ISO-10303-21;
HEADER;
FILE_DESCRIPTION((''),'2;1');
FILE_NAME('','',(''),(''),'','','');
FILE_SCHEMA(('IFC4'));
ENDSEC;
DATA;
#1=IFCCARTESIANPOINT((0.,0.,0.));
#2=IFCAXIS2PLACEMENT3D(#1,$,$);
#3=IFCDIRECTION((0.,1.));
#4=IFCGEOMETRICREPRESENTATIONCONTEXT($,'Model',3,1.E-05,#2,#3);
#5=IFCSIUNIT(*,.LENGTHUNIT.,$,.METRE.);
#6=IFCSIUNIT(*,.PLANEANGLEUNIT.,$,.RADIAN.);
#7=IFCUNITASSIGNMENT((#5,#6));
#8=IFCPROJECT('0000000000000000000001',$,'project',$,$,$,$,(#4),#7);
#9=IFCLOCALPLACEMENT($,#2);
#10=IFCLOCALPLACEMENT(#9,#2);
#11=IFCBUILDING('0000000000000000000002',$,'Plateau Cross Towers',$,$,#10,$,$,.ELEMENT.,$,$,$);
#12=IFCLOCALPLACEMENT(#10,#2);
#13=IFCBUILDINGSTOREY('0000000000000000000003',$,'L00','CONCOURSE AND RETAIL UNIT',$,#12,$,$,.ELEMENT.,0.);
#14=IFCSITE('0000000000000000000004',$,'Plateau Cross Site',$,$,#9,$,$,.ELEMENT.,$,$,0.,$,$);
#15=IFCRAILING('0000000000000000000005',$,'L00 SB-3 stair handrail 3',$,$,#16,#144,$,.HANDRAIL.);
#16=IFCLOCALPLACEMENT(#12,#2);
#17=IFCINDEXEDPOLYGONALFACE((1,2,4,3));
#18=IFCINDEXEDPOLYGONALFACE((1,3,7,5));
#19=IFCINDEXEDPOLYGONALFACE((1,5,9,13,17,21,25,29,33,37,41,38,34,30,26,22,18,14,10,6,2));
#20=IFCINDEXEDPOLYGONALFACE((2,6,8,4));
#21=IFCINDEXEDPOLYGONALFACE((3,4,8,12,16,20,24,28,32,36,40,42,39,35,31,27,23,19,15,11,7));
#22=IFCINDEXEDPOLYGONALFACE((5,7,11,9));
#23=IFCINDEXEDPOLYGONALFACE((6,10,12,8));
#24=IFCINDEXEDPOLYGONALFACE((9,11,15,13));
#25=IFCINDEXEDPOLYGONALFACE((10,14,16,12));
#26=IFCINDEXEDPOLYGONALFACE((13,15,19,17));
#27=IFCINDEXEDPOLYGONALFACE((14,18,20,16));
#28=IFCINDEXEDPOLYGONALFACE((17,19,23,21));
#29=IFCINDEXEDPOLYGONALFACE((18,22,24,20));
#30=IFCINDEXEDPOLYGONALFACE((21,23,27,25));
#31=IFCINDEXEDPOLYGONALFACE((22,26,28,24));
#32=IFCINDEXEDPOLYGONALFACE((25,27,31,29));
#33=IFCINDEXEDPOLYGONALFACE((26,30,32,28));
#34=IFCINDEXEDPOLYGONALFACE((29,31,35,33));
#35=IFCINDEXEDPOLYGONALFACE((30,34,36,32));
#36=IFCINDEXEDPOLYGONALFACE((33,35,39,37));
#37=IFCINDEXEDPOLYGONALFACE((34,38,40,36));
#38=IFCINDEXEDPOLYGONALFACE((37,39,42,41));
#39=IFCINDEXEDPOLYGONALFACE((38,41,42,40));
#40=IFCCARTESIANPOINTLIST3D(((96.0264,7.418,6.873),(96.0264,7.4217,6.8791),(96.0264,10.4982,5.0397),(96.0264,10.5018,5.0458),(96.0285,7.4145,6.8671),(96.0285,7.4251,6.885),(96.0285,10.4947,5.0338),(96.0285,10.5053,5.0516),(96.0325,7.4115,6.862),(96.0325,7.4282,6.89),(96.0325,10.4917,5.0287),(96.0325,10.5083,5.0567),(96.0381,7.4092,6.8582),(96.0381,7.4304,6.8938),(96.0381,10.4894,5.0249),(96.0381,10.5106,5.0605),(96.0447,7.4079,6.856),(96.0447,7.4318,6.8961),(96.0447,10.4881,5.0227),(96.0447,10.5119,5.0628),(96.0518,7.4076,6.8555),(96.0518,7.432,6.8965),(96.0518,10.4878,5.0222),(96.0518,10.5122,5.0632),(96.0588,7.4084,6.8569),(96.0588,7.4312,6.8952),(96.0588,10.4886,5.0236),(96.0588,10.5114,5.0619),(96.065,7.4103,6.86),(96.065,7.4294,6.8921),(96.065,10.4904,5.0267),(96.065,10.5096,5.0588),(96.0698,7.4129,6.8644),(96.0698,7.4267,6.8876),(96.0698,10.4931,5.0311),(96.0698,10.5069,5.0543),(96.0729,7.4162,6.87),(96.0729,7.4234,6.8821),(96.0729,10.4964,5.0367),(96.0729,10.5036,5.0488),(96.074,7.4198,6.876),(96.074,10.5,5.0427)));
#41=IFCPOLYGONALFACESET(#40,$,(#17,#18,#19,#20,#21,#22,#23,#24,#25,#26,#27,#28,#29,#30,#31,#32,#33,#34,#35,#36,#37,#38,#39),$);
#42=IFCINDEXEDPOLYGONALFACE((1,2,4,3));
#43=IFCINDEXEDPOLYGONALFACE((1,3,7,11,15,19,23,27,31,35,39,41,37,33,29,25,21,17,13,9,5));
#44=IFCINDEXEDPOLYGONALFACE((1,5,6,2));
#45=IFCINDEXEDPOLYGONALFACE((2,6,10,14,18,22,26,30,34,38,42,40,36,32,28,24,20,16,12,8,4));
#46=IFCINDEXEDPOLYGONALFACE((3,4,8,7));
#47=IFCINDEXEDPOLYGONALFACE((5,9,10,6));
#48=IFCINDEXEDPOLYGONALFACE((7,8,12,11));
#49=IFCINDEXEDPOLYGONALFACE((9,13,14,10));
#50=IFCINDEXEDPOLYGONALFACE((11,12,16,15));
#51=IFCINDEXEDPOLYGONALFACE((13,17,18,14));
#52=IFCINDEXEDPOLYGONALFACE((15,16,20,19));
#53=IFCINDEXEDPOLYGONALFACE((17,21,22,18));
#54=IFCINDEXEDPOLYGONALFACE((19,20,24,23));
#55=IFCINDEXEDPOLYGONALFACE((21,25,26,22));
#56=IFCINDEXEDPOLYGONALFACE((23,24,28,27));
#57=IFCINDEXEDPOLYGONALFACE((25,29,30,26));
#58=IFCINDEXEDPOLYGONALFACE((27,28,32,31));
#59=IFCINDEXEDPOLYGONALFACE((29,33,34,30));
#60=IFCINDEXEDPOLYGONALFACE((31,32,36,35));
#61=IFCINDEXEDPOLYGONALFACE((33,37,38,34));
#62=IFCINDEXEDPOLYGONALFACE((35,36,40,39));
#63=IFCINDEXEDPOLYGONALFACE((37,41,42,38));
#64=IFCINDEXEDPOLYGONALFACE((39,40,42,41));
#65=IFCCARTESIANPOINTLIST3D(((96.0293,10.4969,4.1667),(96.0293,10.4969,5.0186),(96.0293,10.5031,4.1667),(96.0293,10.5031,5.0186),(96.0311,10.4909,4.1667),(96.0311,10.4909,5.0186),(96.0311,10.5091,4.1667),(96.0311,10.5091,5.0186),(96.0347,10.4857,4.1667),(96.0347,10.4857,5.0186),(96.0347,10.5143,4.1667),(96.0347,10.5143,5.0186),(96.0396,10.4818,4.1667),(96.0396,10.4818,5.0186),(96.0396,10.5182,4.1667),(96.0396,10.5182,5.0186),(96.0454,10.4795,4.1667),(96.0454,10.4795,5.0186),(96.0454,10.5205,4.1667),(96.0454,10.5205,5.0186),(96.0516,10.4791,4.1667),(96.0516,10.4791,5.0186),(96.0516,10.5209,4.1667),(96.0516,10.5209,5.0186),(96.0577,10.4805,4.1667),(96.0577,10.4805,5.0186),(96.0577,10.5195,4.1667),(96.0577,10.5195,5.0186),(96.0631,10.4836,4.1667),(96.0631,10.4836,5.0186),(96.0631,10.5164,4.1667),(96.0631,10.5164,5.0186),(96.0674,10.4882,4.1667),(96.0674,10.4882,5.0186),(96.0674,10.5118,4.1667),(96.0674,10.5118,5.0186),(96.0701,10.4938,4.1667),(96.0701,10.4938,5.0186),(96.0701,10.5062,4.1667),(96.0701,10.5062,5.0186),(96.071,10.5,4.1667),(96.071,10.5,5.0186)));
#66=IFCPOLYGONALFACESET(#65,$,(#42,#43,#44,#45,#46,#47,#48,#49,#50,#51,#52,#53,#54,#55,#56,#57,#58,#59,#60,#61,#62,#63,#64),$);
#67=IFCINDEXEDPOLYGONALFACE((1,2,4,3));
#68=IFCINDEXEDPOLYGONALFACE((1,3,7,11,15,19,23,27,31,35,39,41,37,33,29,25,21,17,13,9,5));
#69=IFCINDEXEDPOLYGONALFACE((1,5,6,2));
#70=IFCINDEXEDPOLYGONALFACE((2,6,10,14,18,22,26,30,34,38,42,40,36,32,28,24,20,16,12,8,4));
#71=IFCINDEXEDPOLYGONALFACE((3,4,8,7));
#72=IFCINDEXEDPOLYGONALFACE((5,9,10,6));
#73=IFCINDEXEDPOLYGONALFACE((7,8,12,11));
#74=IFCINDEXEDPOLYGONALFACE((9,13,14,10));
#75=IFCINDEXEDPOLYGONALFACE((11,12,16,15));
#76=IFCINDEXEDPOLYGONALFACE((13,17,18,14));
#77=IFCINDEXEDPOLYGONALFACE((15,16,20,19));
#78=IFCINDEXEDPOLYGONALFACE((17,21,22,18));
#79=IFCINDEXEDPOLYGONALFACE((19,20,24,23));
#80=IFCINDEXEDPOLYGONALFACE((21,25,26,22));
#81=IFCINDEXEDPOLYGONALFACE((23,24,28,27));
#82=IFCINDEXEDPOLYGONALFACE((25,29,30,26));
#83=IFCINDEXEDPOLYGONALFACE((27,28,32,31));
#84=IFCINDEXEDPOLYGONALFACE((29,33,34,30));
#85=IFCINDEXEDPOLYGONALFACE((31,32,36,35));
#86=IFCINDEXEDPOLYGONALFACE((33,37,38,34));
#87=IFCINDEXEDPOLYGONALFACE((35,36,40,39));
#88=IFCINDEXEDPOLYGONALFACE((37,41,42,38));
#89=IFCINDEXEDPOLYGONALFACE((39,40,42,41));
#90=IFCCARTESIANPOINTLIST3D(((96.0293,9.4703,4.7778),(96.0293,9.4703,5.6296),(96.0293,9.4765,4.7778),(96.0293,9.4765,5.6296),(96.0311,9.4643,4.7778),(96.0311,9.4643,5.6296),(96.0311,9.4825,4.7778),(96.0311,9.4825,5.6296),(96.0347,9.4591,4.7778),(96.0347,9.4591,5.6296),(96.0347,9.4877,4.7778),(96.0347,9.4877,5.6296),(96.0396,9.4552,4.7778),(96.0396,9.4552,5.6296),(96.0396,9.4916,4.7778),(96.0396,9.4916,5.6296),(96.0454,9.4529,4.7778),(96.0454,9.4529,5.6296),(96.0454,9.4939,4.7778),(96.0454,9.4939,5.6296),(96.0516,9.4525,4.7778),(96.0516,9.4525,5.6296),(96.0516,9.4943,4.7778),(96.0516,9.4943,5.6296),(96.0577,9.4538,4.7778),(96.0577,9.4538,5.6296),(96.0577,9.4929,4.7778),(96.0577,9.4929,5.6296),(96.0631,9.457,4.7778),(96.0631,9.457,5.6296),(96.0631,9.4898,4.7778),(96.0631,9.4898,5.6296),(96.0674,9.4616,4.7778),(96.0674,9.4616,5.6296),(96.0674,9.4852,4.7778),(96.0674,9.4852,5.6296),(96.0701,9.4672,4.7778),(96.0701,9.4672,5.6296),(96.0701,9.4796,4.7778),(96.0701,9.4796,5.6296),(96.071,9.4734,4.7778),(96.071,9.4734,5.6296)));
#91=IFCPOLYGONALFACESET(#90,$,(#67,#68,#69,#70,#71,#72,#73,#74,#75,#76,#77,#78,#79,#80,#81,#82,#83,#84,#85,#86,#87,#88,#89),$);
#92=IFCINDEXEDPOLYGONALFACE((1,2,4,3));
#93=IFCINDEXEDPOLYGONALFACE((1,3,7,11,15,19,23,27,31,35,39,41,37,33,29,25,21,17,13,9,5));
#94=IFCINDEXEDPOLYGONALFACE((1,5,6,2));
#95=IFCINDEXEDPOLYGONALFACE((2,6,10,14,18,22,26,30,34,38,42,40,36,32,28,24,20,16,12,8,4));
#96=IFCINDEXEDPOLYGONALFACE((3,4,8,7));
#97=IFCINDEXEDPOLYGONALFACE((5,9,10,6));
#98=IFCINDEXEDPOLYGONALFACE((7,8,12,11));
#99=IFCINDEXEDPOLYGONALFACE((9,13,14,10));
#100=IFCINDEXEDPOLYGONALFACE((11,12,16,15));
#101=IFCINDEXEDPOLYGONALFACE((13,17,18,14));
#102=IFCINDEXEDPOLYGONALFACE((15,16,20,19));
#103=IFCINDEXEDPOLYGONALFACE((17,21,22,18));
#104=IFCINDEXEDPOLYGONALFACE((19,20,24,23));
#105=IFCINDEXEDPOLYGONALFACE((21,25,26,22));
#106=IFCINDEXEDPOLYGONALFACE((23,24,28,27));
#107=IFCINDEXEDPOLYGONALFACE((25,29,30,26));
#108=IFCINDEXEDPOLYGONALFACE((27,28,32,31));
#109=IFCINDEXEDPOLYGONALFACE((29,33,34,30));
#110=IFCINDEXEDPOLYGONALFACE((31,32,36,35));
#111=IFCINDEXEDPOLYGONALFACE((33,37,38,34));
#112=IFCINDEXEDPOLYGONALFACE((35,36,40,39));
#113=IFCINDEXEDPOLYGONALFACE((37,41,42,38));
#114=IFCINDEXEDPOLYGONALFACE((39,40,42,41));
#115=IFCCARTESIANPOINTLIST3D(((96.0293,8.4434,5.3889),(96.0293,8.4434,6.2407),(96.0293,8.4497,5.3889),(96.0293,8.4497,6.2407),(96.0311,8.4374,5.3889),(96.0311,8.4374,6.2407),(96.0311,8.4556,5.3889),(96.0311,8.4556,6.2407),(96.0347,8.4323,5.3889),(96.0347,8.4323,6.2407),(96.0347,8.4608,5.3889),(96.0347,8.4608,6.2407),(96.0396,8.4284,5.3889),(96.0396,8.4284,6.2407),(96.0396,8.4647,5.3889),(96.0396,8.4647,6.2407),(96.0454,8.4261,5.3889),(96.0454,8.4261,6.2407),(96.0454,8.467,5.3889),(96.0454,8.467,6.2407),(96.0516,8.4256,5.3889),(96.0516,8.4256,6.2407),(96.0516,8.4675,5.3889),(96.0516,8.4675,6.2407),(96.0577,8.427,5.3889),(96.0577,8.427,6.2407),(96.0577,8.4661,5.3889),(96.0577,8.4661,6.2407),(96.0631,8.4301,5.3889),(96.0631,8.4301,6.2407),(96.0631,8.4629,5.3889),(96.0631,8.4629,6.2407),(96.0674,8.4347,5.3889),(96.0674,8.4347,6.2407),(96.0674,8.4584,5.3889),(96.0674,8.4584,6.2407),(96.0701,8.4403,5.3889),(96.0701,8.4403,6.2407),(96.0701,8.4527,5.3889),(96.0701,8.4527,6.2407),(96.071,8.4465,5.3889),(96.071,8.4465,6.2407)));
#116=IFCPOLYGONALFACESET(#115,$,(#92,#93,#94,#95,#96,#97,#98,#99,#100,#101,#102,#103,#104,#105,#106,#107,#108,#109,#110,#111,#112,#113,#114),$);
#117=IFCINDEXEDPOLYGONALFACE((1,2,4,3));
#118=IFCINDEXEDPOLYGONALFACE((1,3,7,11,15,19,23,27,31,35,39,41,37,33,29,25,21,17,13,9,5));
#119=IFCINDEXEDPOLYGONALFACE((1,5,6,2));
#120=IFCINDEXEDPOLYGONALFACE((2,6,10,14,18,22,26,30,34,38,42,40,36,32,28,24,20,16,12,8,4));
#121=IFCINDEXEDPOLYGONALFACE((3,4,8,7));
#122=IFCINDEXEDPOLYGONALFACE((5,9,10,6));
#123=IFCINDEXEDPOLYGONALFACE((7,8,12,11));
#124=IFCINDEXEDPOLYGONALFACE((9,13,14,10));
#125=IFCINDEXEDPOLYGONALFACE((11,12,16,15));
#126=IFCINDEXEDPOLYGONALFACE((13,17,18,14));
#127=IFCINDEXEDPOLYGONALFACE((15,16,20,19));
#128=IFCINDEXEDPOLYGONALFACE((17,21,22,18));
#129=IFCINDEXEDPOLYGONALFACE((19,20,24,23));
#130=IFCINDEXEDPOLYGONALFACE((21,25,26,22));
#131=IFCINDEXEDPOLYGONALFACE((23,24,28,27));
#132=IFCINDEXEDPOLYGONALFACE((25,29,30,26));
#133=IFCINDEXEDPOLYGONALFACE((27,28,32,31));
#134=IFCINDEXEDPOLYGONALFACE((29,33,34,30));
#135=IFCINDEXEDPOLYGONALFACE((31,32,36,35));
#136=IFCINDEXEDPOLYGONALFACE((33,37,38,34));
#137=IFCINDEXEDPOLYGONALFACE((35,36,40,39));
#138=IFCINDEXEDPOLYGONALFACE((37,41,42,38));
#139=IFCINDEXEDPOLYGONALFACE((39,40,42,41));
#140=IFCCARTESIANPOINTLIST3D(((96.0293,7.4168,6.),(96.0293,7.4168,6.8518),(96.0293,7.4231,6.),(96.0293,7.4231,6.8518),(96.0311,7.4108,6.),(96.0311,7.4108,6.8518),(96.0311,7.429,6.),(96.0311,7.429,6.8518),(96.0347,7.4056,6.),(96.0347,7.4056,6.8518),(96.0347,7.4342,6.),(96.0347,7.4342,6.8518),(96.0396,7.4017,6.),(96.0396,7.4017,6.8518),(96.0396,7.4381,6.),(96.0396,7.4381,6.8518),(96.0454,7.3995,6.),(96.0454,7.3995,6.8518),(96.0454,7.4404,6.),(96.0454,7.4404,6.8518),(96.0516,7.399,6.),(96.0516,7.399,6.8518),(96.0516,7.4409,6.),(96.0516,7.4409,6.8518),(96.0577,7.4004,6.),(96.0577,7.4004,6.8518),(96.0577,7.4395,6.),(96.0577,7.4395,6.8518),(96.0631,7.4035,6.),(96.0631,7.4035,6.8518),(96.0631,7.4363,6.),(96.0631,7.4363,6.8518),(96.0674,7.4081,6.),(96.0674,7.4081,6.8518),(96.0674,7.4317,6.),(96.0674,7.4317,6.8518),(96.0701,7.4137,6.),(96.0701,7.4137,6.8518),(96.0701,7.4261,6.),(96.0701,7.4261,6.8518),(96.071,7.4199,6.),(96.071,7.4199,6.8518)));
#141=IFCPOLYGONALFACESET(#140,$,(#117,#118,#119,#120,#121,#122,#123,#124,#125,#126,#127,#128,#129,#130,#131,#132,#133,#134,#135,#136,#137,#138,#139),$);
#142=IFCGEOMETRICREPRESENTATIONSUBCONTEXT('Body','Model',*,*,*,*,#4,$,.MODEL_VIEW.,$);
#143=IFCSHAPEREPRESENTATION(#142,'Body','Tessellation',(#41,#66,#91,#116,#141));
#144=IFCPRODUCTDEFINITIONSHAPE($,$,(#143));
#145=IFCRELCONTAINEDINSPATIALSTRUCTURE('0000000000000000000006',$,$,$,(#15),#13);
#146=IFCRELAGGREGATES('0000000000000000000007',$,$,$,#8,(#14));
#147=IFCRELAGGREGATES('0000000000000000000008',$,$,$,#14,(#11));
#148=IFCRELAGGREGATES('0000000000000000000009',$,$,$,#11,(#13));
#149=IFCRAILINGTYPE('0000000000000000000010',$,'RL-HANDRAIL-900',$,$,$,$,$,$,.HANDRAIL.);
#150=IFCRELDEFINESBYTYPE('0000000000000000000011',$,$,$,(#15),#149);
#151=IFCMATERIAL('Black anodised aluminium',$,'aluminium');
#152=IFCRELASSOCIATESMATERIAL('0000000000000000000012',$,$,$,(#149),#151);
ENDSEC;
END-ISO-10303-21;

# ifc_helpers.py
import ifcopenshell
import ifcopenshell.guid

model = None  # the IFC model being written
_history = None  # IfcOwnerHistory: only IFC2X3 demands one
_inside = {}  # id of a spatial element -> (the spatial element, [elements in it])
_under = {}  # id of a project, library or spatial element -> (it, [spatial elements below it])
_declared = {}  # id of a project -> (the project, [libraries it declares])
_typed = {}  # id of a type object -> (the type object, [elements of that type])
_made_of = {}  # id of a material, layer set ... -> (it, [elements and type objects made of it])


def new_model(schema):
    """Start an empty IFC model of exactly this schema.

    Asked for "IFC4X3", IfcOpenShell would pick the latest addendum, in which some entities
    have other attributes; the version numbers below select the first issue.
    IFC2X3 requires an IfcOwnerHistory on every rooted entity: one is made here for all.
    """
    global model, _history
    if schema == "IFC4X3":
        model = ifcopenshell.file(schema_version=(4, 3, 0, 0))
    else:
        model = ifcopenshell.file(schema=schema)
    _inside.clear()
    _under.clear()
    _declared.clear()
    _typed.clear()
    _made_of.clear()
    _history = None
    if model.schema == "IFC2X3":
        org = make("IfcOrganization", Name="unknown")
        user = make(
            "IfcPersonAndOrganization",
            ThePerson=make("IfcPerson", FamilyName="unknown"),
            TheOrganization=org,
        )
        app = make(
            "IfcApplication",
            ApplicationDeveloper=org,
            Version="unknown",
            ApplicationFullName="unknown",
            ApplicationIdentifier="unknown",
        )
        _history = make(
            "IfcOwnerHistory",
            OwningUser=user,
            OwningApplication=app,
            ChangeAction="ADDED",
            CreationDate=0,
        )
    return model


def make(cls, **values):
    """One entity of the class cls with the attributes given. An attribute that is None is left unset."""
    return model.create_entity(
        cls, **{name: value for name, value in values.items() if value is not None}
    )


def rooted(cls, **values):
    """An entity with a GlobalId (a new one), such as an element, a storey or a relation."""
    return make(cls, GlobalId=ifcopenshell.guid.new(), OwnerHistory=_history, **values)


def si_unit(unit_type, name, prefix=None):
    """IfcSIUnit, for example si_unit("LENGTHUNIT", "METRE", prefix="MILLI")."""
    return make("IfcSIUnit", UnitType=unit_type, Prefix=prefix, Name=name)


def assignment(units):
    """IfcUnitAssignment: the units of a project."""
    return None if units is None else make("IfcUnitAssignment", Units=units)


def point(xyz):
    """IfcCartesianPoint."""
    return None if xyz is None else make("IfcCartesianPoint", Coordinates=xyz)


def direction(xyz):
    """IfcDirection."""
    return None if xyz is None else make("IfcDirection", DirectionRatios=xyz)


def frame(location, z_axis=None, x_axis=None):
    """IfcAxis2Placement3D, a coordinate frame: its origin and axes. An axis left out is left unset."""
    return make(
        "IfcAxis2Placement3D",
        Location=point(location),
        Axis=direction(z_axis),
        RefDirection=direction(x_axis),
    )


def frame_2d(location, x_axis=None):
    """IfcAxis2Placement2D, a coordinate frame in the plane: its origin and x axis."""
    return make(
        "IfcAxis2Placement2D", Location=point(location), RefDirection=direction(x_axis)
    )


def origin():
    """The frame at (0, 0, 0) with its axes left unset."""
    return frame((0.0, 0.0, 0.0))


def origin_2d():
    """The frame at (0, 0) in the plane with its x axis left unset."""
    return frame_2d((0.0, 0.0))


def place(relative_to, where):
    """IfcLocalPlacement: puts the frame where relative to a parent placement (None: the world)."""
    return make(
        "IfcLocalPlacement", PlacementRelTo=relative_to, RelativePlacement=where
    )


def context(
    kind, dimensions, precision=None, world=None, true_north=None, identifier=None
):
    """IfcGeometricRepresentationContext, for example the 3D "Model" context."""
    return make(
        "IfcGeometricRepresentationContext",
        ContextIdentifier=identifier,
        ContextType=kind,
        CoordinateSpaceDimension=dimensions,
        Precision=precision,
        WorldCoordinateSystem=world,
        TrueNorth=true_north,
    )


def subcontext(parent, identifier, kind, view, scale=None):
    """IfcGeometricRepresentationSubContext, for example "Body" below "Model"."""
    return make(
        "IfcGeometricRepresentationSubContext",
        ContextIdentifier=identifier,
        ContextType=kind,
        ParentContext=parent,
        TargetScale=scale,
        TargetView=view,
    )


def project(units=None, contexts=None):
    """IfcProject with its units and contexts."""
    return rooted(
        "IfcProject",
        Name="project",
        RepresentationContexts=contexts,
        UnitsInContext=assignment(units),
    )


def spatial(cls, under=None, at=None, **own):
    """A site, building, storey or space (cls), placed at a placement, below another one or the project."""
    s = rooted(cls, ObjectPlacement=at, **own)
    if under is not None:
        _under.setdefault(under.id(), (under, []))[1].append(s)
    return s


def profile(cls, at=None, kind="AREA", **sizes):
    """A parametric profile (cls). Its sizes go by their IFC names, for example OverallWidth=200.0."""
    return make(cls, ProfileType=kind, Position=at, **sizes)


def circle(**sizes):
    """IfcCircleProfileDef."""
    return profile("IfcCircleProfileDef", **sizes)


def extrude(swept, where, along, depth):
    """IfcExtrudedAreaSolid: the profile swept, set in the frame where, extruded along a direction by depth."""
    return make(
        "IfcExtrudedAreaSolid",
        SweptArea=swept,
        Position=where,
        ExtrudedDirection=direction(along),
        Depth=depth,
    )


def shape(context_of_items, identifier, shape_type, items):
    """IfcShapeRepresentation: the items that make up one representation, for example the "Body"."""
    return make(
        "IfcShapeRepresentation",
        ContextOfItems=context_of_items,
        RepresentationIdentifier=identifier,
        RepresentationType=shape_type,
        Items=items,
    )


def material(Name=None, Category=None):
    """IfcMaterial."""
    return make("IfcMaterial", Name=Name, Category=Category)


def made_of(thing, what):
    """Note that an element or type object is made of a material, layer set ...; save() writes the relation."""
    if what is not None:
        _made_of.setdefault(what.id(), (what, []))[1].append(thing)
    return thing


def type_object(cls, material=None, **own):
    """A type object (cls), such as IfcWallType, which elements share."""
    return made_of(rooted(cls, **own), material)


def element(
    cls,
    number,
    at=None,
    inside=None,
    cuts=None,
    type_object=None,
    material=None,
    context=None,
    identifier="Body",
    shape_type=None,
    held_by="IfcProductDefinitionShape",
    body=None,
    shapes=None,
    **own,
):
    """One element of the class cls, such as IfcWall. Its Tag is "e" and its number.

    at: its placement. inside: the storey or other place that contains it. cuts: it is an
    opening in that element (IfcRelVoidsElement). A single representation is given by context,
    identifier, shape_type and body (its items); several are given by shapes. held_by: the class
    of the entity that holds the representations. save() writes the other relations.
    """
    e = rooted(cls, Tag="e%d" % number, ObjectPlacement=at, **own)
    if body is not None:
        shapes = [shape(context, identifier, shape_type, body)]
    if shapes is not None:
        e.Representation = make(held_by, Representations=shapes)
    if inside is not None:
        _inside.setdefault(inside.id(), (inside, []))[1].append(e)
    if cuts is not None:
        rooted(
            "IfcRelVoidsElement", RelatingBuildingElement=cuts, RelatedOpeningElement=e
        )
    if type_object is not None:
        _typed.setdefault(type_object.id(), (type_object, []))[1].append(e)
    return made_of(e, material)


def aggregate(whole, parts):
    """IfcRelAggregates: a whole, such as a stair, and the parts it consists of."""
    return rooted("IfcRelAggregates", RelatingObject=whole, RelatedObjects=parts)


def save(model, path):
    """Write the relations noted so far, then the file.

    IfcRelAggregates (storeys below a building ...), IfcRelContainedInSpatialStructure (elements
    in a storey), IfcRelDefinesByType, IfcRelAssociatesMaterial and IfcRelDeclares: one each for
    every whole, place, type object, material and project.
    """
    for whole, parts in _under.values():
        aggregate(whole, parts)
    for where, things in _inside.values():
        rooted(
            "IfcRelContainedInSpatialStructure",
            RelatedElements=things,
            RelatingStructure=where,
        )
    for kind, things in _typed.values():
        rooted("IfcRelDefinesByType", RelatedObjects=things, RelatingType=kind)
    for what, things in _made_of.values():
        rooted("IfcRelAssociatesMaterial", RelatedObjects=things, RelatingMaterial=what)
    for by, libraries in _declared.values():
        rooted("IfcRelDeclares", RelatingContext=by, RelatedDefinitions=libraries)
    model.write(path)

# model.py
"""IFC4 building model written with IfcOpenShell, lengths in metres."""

from ifc_helpers import new_model, si_unit, direction, frame, origin, origin_2d, place, context, subcontext, project, spatial, circle, extrude, material, type_object, element, save


model = new_model("IFC4")

# Units and contexts
model_context = context("Model", 3, precision=1e-05, world=origin(), true_north=direction((0.0, 1.0)))
body_context = subcontext(model_context, "Body", "Model", "MODEL_VIEW")
ifc_project = project(units=[si_unit("LENGTHUNIT", "METRE"), si_unit("PLANEANGLEUNIT", "RADIAN")], contexts=[model_context])

# Site, building, storey
site_placement = place(None, origin())
site = spatial("IfcSite", under=ifc_project, at=site_placement, Name="Plateau Cross Site", CompositionType="ELEMENT", RefElevation=0.0)
building_placement = place(site_placement, origin())
building = spatial("IfcBuilding", under=site, at=building_placement, Name="Plateau Cross Towers", CompositionType="ELEMENT")
storey_placement = place(building_placement, origin())
storey = spatial("IfcBuildingStorey", under=building, at=storey_placement, Name="L00", Description="CONCOURSE AND RETAIL UNIT", CompositionType="ELEMENT", Elevation=0.0)

# Railing
ifc_material_1 = material(Name="Black anodised aluminium", Category="aluminium")
railing_type_1 = type_object("IfcRailingType", Name="RL-HANDRAIL-900", PredefinedType="HANDRAIL", material=ifc_material_1)
for number, where, name in (
    (1, (96.05, 10.5, 4.1667), "L00 SB-3 stair handrail 3"),
):
    element("IfcRailing", number, at=place(storey_placement, frame(where)), inside=storey, type_object=railing_type_1, Name=name, PredefinedType="HANDRAIL", context=body_context, shape_type="SweptSolid", body=[
        extrude(circle(Radius=0.0239, at=origin_2d()), frame((0.0, 0.0, 0.876), z_axis=(0.0, -0.859309, 0.511458), x_axis=(1.0, 0.0, 0.0)), (0.0, 0.0, 1.0), 3.5845),
        extrude(circle(Radius=0.021, at=origin_2d()), origin(), (0.0, 0.0, 1.0), 0.8518),
        extrude(circle(Radius=0.021, at=origin_2d()), frame((0.0, -1.0266, 0.6111)), (0.0, 0.0, 1.0), 0.8518),
        extrude(circle(Radius=0.021, at=origin_2d()), frame((0.0, -2.0535, 1.2222)), (0.0, 0.0, 1.0), 0.8518),
        extrude(circle(Radius=0.021, at=origin_2d()), frame((0.0, -3.0801, 1.8333)), (0.0, 0.0, 1.0), 0.8518),
    ])

save(model, "model.ifc")
